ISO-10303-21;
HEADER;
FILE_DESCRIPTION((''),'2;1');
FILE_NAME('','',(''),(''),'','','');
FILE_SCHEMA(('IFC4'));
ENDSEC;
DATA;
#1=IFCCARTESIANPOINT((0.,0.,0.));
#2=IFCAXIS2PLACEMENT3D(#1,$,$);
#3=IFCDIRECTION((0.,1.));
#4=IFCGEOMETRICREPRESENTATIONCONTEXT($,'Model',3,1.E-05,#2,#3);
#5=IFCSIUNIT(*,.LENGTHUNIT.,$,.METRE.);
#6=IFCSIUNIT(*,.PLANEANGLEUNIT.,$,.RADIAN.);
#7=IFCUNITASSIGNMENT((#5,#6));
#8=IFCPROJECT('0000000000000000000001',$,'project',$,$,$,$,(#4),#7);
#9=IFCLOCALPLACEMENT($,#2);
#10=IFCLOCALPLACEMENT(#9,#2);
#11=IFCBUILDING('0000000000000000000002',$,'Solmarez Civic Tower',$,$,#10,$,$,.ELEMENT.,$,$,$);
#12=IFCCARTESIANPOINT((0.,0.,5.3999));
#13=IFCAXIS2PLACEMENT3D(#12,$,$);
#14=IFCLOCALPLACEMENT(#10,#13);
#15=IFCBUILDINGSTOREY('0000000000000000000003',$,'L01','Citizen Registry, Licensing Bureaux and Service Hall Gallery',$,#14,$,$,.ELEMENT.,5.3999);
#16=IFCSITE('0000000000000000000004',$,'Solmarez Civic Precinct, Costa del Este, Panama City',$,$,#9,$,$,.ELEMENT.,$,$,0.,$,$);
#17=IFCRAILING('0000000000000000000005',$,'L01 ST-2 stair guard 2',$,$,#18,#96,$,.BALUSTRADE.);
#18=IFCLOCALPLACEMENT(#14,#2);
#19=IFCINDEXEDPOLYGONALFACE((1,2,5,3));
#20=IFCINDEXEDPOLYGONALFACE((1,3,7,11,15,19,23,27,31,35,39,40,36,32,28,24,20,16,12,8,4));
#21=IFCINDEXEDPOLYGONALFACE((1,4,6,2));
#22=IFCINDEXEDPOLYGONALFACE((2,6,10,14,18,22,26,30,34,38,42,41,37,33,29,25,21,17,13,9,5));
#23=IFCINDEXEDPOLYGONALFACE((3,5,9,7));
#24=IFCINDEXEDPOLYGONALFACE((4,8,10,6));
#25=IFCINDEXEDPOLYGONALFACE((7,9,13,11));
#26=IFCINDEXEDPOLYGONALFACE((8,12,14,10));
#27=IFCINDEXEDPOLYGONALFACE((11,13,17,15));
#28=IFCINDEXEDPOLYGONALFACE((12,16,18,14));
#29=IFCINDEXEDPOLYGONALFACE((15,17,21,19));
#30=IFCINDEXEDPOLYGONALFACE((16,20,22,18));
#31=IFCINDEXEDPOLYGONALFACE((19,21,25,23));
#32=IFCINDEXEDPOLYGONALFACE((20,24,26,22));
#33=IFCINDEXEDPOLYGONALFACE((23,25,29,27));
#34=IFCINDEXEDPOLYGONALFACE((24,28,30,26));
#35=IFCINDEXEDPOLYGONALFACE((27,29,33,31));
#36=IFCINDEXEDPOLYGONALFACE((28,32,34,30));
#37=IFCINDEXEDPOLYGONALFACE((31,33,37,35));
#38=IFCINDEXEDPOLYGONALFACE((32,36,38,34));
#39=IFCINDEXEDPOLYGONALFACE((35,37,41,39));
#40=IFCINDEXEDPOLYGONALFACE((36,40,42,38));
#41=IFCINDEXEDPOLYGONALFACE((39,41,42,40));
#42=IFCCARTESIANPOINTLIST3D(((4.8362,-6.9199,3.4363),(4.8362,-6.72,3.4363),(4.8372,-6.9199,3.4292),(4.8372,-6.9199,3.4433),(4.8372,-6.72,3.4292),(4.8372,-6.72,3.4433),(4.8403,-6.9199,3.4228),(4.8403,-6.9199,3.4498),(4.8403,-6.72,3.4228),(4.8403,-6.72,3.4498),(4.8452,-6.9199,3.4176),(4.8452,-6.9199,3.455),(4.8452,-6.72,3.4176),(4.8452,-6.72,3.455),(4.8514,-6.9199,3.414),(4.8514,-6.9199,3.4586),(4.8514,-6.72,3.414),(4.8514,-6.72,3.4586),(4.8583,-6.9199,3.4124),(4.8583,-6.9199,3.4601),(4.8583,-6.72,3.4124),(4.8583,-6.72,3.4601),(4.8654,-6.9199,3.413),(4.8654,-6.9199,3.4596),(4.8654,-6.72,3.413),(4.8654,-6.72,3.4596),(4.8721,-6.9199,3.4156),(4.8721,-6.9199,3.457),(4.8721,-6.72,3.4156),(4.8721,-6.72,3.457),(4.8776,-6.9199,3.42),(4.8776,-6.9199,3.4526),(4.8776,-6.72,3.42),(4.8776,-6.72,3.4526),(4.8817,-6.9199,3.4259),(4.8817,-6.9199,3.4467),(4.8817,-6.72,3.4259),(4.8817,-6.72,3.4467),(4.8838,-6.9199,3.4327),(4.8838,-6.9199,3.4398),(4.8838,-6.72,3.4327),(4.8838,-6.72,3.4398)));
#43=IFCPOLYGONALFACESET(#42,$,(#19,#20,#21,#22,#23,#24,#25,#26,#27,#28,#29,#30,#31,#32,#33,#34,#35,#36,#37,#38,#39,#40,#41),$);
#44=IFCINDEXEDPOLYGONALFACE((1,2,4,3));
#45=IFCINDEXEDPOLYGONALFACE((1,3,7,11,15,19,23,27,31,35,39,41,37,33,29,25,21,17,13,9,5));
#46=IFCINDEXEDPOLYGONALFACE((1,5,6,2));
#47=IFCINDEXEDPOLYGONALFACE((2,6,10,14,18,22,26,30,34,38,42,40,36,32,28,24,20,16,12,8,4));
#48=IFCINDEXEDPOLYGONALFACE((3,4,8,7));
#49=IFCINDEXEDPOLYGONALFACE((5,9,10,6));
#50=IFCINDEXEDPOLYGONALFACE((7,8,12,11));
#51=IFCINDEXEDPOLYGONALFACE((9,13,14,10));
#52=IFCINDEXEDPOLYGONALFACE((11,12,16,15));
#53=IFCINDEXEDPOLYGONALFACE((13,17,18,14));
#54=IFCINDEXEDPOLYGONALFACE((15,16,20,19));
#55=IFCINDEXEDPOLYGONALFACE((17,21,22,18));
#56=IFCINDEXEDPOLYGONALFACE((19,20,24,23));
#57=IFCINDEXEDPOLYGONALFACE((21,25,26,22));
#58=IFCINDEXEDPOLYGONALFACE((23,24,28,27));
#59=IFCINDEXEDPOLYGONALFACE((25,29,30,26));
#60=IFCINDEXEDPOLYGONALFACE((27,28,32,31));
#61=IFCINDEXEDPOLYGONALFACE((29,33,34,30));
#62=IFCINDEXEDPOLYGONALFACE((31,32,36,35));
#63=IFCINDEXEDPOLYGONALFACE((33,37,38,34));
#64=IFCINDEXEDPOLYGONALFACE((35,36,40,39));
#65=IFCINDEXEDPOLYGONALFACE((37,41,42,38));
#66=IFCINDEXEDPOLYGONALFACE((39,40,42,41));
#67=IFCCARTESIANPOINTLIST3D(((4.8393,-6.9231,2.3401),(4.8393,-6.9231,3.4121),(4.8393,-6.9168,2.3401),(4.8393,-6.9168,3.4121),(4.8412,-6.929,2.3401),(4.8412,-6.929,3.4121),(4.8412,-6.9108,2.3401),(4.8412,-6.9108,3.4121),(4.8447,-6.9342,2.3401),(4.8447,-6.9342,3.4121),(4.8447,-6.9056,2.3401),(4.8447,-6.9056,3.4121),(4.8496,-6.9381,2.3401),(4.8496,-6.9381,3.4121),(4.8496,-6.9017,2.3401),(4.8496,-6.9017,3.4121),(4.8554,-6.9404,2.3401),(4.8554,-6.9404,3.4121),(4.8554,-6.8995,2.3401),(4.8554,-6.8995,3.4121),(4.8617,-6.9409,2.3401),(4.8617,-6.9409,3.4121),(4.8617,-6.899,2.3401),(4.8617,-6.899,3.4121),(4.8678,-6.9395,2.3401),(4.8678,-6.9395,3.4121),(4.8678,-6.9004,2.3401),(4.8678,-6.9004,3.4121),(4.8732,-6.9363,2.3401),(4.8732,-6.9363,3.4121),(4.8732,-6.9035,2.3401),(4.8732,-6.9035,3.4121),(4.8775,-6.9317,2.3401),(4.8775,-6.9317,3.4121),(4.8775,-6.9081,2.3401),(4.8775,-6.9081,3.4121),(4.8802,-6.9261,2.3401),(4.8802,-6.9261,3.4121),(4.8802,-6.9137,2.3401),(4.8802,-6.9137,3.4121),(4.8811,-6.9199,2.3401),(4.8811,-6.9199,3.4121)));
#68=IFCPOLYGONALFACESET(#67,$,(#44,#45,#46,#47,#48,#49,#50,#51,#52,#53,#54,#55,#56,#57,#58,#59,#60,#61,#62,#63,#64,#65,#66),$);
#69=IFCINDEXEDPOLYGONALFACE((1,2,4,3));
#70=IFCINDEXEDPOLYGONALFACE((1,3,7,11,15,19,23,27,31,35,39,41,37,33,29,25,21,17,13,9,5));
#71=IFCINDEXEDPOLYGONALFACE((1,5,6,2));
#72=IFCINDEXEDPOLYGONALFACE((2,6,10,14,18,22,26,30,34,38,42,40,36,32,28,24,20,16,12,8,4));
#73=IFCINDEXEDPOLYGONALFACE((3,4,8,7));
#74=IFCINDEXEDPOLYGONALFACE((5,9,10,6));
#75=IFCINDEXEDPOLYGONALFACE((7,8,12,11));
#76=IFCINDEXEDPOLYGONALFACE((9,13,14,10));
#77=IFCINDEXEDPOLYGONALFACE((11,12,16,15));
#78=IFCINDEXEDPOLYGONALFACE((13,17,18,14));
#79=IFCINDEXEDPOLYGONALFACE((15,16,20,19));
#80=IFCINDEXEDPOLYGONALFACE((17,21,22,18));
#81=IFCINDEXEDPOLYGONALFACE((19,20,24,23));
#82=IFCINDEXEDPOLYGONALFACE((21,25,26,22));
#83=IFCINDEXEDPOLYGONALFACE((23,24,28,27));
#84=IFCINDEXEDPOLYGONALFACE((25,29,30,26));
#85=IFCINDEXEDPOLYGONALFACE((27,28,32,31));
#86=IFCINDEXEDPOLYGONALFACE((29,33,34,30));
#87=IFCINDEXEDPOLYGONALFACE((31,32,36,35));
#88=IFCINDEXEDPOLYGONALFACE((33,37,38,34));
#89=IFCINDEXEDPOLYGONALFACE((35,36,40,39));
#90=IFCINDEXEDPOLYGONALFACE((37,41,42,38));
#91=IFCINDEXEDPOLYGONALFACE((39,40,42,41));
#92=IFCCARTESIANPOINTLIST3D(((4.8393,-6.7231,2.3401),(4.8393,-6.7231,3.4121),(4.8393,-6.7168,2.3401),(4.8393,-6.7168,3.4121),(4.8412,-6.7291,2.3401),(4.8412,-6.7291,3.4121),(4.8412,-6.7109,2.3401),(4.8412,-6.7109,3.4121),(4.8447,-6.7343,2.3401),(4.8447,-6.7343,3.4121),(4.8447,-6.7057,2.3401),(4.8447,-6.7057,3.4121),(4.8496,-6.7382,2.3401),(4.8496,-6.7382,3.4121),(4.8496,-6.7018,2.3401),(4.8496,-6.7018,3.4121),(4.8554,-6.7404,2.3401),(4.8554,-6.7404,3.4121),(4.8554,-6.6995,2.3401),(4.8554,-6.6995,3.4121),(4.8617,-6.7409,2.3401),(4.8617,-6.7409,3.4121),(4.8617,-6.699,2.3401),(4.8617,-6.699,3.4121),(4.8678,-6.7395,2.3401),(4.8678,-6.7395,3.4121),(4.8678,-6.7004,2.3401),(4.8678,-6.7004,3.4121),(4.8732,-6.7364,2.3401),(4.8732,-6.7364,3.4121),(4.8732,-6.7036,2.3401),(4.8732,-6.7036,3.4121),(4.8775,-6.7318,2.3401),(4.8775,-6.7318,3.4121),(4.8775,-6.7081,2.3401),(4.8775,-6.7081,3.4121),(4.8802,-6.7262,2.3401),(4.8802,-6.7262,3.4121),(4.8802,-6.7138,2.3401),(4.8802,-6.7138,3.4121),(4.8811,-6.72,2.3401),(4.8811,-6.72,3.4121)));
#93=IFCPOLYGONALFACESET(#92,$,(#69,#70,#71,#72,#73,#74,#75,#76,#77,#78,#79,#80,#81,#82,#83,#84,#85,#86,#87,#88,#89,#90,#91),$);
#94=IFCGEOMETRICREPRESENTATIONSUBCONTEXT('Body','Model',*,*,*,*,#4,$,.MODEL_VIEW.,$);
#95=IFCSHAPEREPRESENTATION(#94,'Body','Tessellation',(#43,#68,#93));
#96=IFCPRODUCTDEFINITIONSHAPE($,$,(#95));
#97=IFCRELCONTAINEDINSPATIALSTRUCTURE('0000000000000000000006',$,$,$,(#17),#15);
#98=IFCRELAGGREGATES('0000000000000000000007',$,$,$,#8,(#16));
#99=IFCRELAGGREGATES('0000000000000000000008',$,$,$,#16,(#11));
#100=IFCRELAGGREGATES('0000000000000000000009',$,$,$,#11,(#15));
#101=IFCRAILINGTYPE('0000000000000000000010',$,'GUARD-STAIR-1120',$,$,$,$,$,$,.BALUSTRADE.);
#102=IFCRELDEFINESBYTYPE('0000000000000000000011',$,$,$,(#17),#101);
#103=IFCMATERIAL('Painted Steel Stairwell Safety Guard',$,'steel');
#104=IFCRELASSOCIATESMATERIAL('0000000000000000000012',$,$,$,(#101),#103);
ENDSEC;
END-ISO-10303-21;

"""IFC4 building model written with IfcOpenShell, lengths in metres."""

from ifc_helpers import new_model, si_unit, direction, frame, origin, origin_2d, place, context, subcontext, project, spatial, circle, extrude, material, type_object, element, save


model = new_model("IFC4")

# Units and contexts
model_context = context("Model", 3, precision=1e-05, world=origin(), true_north=direction((0.0, 1.0)))
body_context = subcontext(model_context, "Body", "Model", "MODEL_VIEW")
ifc_project = project(units=[si_unit("LENGTHUNIT", "METRE"), si_unit("PLANEANGLEUNIT", "RADIAN")], contexts=[model_context])

# Site, building, storey
site_placement = place(None, origin())
site = spatial("IfcSite", under=ifc_project, at=site_placement, Name="Solmarez Civic Precinct, Costa del Este, Panama City", CompositionType="ELEMENT", RefElevation=0.0)
building_placement = place(site_placement, origin())
building = spatial("IfcBuilding", under=site, at=building_placement, Name="Solmarez Civic Tower", CompositionType="ELEMENT")
storey_placement = place(building_placement, frame((0.0, 0.0, 5.3999)))
storey = spatial("IfcBuildingStorey", under=building, at=storey_placement, Name="L01", Description="Citizen Registry, Licensing Bureaux and Service Hall Gallery", CompositionType="ELEMENT", Elevation=5.3999)

# Railing
ifc_material_1 = material(Name="Painted Steel Stairwell Safety Guard", Category="steel")
railing_type_1 = type_object("IfcRailingType", Name="GUARD-STAIR-1120", PredefinedType="BALUSTRADE", material=ifc_material_1)
railing_1_placement = place(storey_placement, frame((4.8601, -6.9199, 2.3401)))
element("IfcRailing", 1, at=railing_1_placement, inside=storey, type_object=railing_type_1, Name="L01 ST-2 stair guard 2", PredefinedType="BALUSTRADE", context=body_context, shape_type="SweptSolid", body=[
    extrude(circle(Radius=0.0239, at=origin_2d()), frame((0.0, 0.0, 1.0962), z_axis=(0.0, 1.0, 0.0), x_axis=(-1.0, 0.0, 0.0)), (0.0, 0.0, 1.0), 0.2),
    extrude(circle(Radius=0.021, at=origin_2d()), origin(), (0.0, 0.0, 1.0), 1.072),
    extrude(circle(Radius=0.021, at=origin_2d()), frame((0.0, 0.2, 0.0)), (0.0, 0.0, 1.0), 1.072),
])

save(model, "model.ifc")
